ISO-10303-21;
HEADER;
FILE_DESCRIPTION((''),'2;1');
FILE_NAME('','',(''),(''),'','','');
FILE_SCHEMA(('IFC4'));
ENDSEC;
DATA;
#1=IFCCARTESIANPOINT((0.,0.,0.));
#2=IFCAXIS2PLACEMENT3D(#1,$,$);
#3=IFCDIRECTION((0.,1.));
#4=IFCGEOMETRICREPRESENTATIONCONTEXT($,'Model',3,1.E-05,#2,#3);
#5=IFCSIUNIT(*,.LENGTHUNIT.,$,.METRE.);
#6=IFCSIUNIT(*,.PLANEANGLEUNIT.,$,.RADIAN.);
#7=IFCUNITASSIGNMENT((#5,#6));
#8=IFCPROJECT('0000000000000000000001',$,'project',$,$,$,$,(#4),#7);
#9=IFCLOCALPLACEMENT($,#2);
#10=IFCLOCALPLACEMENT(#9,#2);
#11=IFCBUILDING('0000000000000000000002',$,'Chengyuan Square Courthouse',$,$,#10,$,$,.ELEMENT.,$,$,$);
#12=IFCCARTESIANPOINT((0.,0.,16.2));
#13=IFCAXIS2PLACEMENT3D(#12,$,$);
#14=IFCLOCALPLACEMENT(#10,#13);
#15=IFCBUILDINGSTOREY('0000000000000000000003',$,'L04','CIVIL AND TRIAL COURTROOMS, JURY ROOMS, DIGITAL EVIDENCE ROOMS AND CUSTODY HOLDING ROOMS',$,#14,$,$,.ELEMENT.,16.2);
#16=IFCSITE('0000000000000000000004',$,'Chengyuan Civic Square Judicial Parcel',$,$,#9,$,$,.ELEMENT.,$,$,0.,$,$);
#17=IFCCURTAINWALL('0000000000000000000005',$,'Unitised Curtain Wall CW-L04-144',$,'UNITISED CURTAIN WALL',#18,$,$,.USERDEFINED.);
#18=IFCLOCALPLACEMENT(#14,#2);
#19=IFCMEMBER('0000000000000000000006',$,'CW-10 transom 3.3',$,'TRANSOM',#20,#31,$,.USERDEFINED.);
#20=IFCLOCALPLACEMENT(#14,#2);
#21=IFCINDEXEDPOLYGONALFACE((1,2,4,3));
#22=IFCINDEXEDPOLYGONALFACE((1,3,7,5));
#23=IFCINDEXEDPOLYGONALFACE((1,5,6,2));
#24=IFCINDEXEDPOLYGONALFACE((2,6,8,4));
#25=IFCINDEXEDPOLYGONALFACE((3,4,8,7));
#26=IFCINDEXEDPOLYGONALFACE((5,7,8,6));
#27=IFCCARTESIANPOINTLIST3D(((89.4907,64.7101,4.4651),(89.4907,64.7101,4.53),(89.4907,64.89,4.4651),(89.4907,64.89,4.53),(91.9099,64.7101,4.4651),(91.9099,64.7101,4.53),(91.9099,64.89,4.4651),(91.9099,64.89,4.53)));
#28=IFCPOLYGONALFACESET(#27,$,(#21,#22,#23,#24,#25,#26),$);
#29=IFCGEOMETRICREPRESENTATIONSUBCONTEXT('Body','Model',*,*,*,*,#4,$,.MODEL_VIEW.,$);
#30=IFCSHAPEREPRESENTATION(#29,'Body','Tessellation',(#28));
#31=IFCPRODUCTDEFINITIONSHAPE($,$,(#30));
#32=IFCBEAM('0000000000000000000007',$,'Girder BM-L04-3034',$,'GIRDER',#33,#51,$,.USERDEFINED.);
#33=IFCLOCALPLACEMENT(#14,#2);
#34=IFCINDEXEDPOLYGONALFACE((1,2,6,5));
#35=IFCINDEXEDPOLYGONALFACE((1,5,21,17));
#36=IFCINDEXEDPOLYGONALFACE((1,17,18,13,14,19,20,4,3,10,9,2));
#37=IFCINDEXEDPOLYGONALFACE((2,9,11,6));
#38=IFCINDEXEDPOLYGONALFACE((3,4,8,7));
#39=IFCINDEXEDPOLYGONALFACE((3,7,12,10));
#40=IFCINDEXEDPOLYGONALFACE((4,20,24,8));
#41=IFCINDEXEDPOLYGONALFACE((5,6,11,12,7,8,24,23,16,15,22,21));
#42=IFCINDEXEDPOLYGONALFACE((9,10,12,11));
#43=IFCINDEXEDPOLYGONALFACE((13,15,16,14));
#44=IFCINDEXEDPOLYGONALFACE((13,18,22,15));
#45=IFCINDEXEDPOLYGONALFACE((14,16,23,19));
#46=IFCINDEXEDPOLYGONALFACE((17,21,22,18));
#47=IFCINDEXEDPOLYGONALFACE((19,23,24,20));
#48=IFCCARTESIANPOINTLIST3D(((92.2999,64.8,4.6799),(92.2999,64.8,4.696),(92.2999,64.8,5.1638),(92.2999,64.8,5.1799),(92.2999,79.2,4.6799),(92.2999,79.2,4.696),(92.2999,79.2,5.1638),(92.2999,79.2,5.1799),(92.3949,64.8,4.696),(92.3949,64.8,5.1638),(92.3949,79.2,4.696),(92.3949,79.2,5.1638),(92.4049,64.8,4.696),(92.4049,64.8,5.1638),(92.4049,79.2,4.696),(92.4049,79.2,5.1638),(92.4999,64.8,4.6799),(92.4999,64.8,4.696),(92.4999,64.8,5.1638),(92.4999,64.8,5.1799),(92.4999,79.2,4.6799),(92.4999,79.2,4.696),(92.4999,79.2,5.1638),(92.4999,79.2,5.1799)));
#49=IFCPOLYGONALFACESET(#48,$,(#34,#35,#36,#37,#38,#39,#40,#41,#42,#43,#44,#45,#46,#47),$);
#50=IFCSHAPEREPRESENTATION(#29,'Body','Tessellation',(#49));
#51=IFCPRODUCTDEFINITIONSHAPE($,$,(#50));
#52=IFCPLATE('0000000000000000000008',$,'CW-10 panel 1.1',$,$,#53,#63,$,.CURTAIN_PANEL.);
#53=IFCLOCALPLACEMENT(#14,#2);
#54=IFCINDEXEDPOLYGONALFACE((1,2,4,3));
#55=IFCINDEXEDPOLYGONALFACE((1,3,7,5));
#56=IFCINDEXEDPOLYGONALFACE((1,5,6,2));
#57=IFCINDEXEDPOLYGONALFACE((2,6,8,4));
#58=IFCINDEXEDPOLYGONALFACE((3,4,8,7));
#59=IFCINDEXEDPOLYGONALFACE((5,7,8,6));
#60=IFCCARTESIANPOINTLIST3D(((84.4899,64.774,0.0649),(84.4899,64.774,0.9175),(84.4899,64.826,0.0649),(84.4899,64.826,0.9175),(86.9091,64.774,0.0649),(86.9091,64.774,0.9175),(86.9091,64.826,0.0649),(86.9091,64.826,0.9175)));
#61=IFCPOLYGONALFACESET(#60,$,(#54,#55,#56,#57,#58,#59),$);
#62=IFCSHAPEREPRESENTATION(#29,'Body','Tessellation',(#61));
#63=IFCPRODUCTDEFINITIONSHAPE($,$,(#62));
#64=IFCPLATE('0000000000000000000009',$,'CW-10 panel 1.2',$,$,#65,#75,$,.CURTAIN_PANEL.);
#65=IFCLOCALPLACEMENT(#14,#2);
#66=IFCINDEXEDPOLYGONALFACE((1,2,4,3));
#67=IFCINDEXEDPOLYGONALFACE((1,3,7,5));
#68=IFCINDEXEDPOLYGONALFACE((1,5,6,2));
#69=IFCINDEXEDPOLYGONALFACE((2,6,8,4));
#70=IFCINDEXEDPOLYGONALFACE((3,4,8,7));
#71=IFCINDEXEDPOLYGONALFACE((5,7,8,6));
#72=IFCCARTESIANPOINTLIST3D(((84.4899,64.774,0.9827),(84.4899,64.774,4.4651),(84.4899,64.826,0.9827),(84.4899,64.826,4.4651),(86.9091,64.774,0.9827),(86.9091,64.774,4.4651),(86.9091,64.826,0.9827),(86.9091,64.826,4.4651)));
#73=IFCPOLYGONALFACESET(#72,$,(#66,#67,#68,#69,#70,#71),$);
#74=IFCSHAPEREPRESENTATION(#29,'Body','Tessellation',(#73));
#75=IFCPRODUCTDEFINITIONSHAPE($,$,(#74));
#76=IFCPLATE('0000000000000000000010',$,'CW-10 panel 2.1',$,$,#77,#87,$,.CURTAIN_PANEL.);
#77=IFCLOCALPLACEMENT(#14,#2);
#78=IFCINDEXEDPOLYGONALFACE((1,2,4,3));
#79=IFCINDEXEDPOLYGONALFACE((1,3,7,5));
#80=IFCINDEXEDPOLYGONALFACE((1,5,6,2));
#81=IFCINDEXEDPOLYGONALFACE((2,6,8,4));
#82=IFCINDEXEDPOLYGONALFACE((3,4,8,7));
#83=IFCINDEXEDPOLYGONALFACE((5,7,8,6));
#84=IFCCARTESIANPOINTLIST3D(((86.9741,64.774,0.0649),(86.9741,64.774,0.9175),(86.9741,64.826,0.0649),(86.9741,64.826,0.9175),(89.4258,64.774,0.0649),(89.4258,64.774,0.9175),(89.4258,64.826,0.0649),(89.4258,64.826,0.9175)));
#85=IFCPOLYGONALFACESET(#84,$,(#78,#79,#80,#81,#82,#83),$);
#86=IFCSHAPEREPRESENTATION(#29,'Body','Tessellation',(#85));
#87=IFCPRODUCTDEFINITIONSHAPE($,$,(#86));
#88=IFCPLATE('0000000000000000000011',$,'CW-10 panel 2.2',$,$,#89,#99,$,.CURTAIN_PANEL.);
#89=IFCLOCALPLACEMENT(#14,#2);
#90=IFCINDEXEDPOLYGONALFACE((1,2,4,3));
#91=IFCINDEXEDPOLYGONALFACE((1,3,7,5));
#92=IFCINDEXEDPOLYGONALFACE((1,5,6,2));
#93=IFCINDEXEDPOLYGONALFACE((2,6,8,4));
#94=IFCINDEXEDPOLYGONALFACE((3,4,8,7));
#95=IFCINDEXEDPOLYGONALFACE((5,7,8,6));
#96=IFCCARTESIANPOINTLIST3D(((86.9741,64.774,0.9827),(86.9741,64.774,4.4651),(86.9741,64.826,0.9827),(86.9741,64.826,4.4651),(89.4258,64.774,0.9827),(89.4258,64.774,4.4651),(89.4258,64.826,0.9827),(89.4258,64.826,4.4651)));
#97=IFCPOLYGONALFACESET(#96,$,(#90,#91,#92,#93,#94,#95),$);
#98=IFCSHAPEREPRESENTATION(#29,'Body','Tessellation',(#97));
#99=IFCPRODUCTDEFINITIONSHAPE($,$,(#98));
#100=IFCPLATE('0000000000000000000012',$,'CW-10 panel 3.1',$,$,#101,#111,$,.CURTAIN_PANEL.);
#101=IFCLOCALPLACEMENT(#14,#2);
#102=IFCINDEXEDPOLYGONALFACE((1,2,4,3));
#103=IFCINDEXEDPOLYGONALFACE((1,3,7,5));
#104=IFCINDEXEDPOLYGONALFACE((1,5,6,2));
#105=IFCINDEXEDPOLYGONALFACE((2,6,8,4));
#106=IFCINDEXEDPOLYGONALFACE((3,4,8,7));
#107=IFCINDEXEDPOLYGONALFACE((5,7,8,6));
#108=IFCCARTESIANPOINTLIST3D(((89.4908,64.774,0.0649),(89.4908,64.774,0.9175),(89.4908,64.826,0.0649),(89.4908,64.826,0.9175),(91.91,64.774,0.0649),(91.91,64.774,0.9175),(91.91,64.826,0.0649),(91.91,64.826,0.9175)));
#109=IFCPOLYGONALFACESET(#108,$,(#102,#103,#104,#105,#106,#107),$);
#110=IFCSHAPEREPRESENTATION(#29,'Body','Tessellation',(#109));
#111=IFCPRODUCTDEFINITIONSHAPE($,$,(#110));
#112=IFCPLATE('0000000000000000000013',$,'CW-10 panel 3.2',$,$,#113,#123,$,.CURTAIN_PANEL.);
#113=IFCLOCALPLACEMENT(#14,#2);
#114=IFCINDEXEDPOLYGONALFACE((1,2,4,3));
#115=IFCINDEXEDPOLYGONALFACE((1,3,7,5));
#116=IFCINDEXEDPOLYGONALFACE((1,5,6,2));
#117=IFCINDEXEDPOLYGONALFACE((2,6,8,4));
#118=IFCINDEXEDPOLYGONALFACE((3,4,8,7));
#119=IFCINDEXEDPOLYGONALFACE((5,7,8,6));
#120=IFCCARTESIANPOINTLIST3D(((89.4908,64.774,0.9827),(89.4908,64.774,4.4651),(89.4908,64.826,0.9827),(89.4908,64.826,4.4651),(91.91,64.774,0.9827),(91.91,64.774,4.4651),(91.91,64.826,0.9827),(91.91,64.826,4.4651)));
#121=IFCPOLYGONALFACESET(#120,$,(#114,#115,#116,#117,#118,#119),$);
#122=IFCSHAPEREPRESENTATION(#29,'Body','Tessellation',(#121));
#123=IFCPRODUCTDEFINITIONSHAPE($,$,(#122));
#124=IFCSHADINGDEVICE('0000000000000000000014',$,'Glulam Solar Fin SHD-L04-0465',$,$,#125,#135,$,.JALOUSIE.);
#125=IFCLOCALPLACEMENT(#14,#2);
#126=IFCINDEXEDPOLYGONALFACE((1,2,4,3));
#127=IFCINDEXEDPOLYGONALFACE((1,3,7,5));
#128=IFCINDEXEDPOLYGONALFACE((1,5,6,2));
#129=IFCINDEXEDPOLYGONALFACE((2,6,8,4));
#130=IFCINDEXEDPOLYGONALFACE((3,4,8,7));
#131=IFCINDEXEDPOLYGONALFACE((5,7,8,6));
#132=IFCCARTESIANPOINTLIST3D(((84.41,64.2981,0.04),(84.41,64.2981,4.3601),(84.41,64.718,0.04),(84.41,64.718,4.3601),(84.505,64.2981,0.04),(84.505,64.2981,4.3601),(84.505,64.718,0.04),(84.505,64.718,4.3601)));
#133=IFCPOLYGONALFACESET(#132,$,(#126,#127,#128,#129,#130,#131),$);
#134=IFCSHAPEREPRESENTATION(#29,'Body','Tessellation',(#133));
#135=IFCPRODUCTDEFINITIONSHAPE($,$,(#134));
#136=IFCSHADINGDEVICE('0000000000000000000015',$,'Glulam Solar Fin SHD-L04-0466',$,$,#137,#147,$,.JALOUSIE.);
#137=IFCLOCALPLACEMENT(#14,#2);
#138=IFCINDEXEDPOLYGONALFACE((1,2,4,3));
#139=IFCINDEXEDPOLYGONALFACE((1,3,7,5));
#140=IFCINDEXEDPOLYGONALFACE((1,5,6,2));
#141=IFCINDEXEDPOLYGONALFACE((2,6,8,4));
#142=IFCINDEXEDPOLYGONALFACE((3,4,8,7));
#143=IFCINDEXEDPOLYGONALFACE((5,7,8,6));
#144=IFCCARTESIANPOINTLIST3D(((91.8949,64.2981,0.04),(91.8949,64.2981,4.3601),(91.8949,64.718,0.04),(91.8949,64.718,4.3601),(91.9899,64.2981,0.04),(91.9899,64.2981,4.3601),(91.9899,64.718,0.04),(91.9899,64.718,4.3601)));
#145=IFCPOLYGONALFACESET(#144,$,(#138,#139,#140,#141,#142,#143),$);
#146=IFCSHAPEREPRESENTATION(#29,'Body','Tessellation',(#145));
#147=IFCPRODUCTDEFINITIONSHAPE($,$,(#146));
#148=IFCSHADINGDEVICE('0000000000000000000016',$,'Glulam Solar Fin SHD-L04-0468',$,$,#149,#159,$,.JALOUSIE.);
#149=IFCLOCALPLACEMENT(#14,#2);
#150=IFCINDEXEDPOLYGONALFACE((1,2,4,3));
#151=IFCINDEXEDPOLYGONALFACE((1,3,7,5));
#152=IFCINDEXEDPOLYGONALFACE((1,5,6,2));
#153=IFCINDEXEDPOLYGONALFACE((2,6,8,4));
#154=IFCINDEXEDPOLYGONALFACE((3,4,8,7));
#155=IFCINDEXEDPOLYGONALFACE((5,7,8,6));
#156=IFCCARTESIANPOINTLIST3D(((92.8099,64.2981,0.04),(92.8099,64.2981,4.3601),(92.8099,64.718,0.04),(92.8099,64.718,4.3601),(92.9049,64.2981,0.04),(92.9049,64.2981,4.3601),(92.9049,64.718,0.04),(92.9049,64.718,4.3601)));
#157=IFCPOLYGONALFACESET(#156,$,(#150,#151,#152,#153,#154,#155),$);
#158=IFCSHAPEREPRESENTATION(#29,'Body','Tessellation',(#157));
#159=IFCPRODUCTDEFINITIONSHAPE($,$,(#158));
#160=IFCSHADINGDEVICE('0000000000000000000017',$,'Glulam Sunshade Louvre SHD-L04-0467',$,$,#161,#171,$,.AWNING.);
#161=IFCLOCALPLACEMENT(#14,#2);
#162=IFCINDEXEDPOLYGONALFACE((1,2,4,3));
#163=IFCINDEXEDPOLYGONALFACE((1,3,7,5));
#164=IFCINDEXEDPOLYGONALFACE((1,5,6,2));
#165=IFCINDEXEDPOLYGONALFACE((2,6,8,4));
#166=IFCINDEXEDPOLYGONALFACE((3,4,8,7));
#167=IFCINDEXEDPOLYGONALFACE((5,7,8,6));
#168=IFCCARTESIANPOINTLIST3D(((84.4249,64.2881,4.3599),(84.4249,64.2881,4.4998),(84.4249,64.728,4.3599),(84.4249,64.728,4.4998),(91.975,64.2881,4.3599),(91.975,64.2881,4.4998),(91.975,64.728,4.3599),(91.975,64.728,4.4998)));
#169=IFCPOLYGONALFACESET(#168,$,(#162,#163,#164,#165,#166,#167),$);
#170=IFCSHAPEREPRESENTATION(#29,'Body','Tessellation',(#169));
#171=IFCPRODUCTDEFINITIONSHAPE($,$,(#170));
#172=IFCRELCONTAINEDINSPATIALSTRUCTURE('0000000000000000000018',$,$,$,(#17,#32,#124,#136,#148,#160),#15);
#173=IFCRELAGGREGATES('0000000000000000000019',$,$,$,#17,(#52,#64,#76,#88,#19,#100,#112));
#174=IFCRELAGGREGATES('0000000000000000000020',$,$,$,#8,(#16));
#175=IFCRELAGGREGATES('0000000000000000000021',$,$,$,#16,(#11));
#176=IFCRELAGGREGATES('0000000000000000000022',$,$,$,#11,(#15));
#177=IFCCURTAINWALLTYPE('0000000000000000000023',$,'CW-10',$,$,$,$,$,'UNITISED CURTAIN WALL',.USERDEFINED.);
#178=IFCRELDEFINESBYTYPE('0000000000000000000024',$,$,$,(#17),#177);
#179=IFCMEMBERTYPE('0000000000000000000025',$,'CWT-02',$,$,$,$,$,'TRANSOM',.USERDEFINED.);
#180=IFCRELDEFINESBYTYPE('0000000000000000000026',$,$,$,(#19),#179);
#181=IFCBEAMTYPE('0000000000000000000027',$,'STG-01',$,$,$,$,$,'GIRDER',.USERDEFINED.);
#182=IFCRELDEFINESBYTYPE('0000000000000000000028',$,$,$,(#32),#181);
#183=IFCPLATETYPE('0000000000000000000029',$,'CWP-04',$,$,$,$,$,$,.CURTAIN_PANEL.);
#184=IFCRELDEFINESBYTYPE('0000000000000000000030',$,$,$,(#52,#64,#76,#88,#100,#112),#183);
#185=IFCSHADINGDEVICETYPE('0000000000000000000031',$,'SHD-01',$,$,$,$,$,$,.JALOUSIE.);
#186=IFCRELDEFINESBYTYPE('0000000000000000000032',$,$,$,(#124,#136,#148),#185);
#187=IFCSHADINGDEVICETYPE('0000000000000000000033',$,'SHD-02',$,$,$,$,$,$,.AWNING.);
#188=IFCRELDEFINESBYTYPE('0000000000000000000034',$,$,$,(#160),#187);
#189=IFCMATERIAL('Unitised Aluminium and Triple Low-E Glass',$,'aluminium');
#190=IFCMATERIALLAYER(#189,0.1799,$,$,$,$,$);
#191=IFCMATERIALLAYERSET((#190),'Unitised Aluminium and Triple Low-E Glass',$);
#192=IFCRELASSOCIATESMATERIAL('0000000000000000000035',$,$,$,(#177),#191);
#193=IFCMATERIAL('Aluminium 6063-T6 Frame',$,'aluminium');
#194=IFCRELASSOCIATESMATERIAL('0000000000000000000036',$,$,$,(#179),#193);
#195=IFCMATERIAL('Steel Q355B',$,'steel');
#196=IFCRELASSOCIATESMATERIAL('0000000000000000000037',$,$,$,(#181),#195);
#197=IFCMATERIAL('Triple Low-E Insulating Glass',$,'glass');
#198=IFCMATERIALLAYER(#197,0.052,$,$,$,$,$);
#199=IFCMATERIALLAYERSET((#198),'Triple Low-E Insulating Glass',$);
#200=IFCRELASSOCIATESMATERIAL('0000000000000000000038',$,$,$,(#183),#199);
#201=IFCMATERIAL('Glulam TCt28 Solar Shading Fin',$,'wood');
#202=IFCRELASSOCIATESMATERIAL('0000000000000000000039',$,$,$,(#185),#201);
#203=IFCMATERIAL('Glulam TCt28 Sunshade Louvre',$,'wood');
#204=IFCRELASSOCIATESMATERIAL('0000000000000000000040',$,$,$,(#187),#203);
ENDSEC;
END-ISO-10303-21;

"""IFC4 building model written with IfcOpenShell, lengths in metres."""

from ifc_helpers import new_model, si_unit, direction, frame, origin, origin_2d, place, context, subcontext, project, spatial, rectangle, i_section, extrude, material, layer, layer_set, material_profile, profile_set, type_object, element, aggregate, save


model = new_model("IFC4")

# Units and contexts
model_context = context("Model", 3, precision=1e-05, world=origin(), true_north=direction((0.0, 1.0)))
body_context = subcontext(model_context, "Body", "Model", "MODEL_VIEW")
ifc_project = project(units=[si_unit("LENGTHUNIT", "METRE"), si_unit("PLANEANGLEUNIT", "RADIAN")], contexts=[model_context])

# Site, building, storey
site_placement = place(None, origin())
site = spatial("IfcSite", under=ifc_project, at=site_placement, Name="Chengyuan Civic Square Judicial Parcel", CompositionType="ELEMENT", RefElevation=0.0)
building_placement = place(site_placement, origin())
building = spatial("IfcBuilding", under=site, at=building_placement, Name="Chengyuan Square Courthouse", CompositionType="ELEMENT")
storey_placement = place(building_placement, frame((0.0, 0.0, 16.2)))
storey = spatial("IfcBuildingStorey", under=building, at=storey_placement, Name="L04", Description="CIVIL AND TRIAL COURTROOMS, JURY ROOMS, DIGITAL EVIDENCE ROOMS AND CUSTODY HOLDING ROOMS", CompositionType="ELEMENT", Elevation=16.2)

# Curtain wall, member
ifc_material_1 = material(Name="Unitised Aluminium and Triple Low-E Glass", Category="aluminium")
ifc_layer_1 = layer(ifc_material_1, 0.1799)
ifc_layer_set_1 = layer_set([ifc_layer_1], Name="Unitised Aluminium and Triple Low-E Glass")
curtain_wall_type = type_object("IfcCurtainWallType", Name="CW-10", ElementType="UNITISED CURTAIN WALL", PredefinedType="USERDEFINED", material=ifc_layer_set_1)
curtain_wall_placement = place(storey_placement, origin())
curtain_wall = element("IfcCurtainWall", 1, at=curtain_wall_placement, inside=storey, type_object=curtain_wall_type, Name="Unitised Curtain Wall CW-L04-144", ObjectType="UNITISED CURTAIN WALL", PredefinedType="USERDEFINED")
ifc_material_2 = material(Name="Aluminium 6063-T6 Frame", Category="aluminium")
ifc_material_profile_1 = material_profile(ifc_material_2, rectangle(XDim=0.1799, YDim=0.0649, at=origin_2d()), Name="CW-TRN-65x140")
ifc_profile_set_1 = profile_set([ifc_material_profile_1], Name="Aluminium 6063-T6 Frame")
member_type_1 = type_object("IfcMemberType", Name="CWT-02", ElementType="TRANSOM", PredefinedType="USERDEFINED", material=ifc_profile_set_1)
member_1_placement = place(storey_placement, frame((89.4907, 64.8, 4.4976), z_axis=(1.0, 0.0, 0.0), x_axis=(0.0, 1.0, 0.0)))
member_1 = element("IfcMember", 2, at=member_1_placement, type_object=member_type_1, Name="CW-10 transom 3.3", ObjectType="TRANSOM", PredefinedType="USERDEFINED", context=body_context, shape_type="SweptSolid", body=[
    extrude(rectangle(XDim=0.1799, YDim=0.0649, at=origin_2d()), origin(), (0.0, 0.0, 1.0), 2.4192),
])

# Beam
ifc_material_3 = material(Name="Steel Q355B", Category="steel")
ifc_material_profile_2 = material_profile(ifc_material_3, i_section(OverallWidth=0.2, OverallDepth=0.5, WebThickness=0.01, FlangeThickness=0.0161, at=origin_2d()), Name="HN 500x200x10x16")
ifc_profile_set_2 = profile_set([ifc_material_profile_2], Name="Steel Q355B")
beam_type_1 = type_object("IfcBeamType", Name="STG-01", ElementType="GIRDER", PredefinedType="USERDEFINED", material=ifc_profile_set_2)
beam_1_placement = place(storey_placement, frame((92.3999, 64.8, 4.9299), z_axis=(0.0, 1.0, 0.0), x_axis=(-1.0, 0.0, 0.0)))
element("IfcBeam", 3, at=beam_1_placement, inside=storey, type_object=beam_type_1, Name="Girder BM-L04-3034", ObjectType="GIRDER", PredefinedType="USERDEFINED", context=body_context, shape_type="SweptSolid", body=[
    extrude(i_section(OverallWidth=0.2, OverallDepth=0.5, WebThickness=0.01, FlangeThickness=0.0161, at=origin_2d()), origin(), (0.0, 0.0, 1.0), 14.3999),
])

# Plates
ifc_material_4 = material(Name="Triple Low-E Insulating Glass", Category="glass")
ifc_layer_2 = layer(ifc_material_4, 0.052)
ifc_layer_set_2 = layer_set([ifc_layer_2], Name="Triple Low-E Insulating Glass")
plate_type = type_object("IfcPlateType", Name="CWP-04", PredefinedType="CURTAIN_PANEL", material=ifc_layer_set_2)
plate_1_placement = place(storey_placement, frame((85.6995, 64.8, 0.0649), z_axis=(0.0, 0.0, 1.0), x_axis=(1.0, 0.0, 0.0)))
plate_1 = element("IfcPlate", 4, at=plate_1_placement, type_object=plate_type, Name="CW-10 panel 1.1", PredefinedType="CURTAIN_PANEL", context=body_context, shape_type="SweptSolid", body=[
    extrude(rectangle(XDim=2.4192, YDim=0.052, at=origin_2d()), origin(), (0.0, 0.0, 1.0), 0.8525),
])
plate_2_placement = place(storey_placement, frame((85.6995, 64.8, 0.9827), z_axis=(0.0, 0.0, 1.0), x_axis=(1.0, 0.0, 0.0)))
plate_2 = element("IfcPlate", 5, at=plate_2_placement, type_object=plate_type, Name="CW-10 panel 1.2", PredefinedType="CURTAIN_PANEL", context=body_context, shape_type="SweptSolid", body=[
    extrude(rectangle(XDim=2.4192, YDim=0.052, at=origin_2d()), origin(), (0.0, 0.0, 1.0), 3.4824),
])
plate_3_placement = place(storey_placement, frame((88.2, 64.8, 0.0649), z_axis=(0.0, 0.0, 1.0), x_axis=(1.0, 0.0, 0.0)))
plate_3 = element("IfcPlate", 6, at=plate_3_placement, type_object=plate_type, Name="CW-10 panel 2.1", PredefinedType="CURTAIN_PANEL", context=body_context, shape_type="SweptSolid", body=[
    extrude(rectangle(XDim=2.4517, YDim=0.052, at=origin_2d()), origin(), (0.0, 0.0, 1.0), 0.8525),
])
plate_4_placement = place(storey_placement, frame((88.2, 64.8, 0.9827), z_axis=(0.0, 0.0, 1.0), x_axis=(1.0, 0.0, 0.0)))
plate_4 = element("IfcPlate", 7, at=plate_4_placement, type_object=plate_type, Name="CW-10 panel 2.2", PredefinedType="CURTAIN_PANEL", context=body_context, shape_type="SweptSolid", body=[
    extrude(rectangle(XDim=2.4517, YDim=0.052, at=origin_2d()), origin(), (0.0, 0.0, 1.0), 3.4824),
])
plate_5_placement = place(storey_placement, frame((90.7004, 64.8, 0.0649), z_axis=(0.0, 0.0, 1.0), x_axis=(1.0, 0.0, 0.0)))
plate_5 = element("IfcPlate", 8, at=plate_5_placement, type_object=plate_type, Name="CW-10 panel 3.1", PredefinedType="CURTAIN_PANEL", context=body_context, shape_type="SweptSolid", body=[
    extrude(rectangle(XDim=2.4192, YDim=0.052, at=origin_2d()), origin(), (0.0, 0.0, 1.0), 0.8525),
])
plate_6_placement = place(storey_placement, frame((90.7004, 64.8, 0.9827), z_axis=(0.0, 0.0, 1.0), x_axis=(1.0, 0.0, 0.0)))
plate_6 = element("IfcPlate", 9, at=plate_6_placement, type_object=plate_type, Name="CW-10 panel 3.2", PredefinedType="CURTAIN_PANEL", context=body_context, shape_type="SweptSolid", body=[
    extrude(rectangle(XDim=2.4192, YDim=0.052, at=origin_2d()), origin(), (0.0, 0.0, 1.0), 3.4824),
])
aggregate(curtain_wall, [plate_1, plate_2, plate_3, plate_4, member_1, plate_5, plate_6])

# Shading devices
ifc_material_5 = material(Name="Glulam TCt28 Solar Shading Fin", Category="wood")
shading_device_type_1 = type_object("IfcShadingDeviceType", Name="SHD-01", PredefinedType="JALOUSIE", material=ifc_material_5)
for number, where, z_axis, x_axis, name in (
    (10, (84.4575, 64.5081, 0.04), (0.0, 0.0, 1.0), (0.0, 1.0, 0.0), "Glulam Solar Fin SHD-L04-0465"),
    (11, (91.9424, 64.5081, 0.04), (0.0, 0.0, 1.0), (0.0, 1.0, 0.0), "Glulam Solar Fin SHD-L04-0466"),
    (12, (92.8574, 64.5081, 0.04), (0.0, 0.0, 1.0), (0.0, 1.0, 0.0), "Glulam Solar Fin SHD-L04-0468"),
):
    element("IfcShadingDevice", number, at=place(storey_placement, frame(where, z_axis=z_axis, x_axis=x_axis)), inside=storey, type_object=shading_device_type_1, Name=name, PredefinedType="JALOUSIE", context=body_context, shape_type="SweptSolid", body=[
        extrude(rectangle(XDim=0.4199, YDim=0.095, at=origin_2d()), origin(), (0.0, 0.0, 1.0), 4.3201),
    ])
ifc_material_6 = material(Name="Glulam TCt28 Sunshade Louvre", Category="wood")
shading_device_type_2 = type_object("IfcShadingDeviceType", Name="SHD-02", PredefinedType="AWNING", material=ifc_material_6)
shading_device_placement = place(storey_placement, frame((88.2, 64.5081, 4.3599), z_axis=(0.0, 0.0, 1.0), x_axis=(1.0, 0.0, 0.0)))
element("IfcShadingDevice", 13, at=shading_device_placement, inside=storey, type_object=shading_device_type_2, Name="Glulam Sunshade Louvre SHD-L04-0467", PredefinedType="AWNING", context=body_context, shape_type="SweptSolid", body=[
    extrude(rectangle(XDim=7.55, YDim=0.4399, at=origin_2d()), origin(), (0.0, 0.0, 1.0), 0.1399),
])

save(model, "model.ifc")
